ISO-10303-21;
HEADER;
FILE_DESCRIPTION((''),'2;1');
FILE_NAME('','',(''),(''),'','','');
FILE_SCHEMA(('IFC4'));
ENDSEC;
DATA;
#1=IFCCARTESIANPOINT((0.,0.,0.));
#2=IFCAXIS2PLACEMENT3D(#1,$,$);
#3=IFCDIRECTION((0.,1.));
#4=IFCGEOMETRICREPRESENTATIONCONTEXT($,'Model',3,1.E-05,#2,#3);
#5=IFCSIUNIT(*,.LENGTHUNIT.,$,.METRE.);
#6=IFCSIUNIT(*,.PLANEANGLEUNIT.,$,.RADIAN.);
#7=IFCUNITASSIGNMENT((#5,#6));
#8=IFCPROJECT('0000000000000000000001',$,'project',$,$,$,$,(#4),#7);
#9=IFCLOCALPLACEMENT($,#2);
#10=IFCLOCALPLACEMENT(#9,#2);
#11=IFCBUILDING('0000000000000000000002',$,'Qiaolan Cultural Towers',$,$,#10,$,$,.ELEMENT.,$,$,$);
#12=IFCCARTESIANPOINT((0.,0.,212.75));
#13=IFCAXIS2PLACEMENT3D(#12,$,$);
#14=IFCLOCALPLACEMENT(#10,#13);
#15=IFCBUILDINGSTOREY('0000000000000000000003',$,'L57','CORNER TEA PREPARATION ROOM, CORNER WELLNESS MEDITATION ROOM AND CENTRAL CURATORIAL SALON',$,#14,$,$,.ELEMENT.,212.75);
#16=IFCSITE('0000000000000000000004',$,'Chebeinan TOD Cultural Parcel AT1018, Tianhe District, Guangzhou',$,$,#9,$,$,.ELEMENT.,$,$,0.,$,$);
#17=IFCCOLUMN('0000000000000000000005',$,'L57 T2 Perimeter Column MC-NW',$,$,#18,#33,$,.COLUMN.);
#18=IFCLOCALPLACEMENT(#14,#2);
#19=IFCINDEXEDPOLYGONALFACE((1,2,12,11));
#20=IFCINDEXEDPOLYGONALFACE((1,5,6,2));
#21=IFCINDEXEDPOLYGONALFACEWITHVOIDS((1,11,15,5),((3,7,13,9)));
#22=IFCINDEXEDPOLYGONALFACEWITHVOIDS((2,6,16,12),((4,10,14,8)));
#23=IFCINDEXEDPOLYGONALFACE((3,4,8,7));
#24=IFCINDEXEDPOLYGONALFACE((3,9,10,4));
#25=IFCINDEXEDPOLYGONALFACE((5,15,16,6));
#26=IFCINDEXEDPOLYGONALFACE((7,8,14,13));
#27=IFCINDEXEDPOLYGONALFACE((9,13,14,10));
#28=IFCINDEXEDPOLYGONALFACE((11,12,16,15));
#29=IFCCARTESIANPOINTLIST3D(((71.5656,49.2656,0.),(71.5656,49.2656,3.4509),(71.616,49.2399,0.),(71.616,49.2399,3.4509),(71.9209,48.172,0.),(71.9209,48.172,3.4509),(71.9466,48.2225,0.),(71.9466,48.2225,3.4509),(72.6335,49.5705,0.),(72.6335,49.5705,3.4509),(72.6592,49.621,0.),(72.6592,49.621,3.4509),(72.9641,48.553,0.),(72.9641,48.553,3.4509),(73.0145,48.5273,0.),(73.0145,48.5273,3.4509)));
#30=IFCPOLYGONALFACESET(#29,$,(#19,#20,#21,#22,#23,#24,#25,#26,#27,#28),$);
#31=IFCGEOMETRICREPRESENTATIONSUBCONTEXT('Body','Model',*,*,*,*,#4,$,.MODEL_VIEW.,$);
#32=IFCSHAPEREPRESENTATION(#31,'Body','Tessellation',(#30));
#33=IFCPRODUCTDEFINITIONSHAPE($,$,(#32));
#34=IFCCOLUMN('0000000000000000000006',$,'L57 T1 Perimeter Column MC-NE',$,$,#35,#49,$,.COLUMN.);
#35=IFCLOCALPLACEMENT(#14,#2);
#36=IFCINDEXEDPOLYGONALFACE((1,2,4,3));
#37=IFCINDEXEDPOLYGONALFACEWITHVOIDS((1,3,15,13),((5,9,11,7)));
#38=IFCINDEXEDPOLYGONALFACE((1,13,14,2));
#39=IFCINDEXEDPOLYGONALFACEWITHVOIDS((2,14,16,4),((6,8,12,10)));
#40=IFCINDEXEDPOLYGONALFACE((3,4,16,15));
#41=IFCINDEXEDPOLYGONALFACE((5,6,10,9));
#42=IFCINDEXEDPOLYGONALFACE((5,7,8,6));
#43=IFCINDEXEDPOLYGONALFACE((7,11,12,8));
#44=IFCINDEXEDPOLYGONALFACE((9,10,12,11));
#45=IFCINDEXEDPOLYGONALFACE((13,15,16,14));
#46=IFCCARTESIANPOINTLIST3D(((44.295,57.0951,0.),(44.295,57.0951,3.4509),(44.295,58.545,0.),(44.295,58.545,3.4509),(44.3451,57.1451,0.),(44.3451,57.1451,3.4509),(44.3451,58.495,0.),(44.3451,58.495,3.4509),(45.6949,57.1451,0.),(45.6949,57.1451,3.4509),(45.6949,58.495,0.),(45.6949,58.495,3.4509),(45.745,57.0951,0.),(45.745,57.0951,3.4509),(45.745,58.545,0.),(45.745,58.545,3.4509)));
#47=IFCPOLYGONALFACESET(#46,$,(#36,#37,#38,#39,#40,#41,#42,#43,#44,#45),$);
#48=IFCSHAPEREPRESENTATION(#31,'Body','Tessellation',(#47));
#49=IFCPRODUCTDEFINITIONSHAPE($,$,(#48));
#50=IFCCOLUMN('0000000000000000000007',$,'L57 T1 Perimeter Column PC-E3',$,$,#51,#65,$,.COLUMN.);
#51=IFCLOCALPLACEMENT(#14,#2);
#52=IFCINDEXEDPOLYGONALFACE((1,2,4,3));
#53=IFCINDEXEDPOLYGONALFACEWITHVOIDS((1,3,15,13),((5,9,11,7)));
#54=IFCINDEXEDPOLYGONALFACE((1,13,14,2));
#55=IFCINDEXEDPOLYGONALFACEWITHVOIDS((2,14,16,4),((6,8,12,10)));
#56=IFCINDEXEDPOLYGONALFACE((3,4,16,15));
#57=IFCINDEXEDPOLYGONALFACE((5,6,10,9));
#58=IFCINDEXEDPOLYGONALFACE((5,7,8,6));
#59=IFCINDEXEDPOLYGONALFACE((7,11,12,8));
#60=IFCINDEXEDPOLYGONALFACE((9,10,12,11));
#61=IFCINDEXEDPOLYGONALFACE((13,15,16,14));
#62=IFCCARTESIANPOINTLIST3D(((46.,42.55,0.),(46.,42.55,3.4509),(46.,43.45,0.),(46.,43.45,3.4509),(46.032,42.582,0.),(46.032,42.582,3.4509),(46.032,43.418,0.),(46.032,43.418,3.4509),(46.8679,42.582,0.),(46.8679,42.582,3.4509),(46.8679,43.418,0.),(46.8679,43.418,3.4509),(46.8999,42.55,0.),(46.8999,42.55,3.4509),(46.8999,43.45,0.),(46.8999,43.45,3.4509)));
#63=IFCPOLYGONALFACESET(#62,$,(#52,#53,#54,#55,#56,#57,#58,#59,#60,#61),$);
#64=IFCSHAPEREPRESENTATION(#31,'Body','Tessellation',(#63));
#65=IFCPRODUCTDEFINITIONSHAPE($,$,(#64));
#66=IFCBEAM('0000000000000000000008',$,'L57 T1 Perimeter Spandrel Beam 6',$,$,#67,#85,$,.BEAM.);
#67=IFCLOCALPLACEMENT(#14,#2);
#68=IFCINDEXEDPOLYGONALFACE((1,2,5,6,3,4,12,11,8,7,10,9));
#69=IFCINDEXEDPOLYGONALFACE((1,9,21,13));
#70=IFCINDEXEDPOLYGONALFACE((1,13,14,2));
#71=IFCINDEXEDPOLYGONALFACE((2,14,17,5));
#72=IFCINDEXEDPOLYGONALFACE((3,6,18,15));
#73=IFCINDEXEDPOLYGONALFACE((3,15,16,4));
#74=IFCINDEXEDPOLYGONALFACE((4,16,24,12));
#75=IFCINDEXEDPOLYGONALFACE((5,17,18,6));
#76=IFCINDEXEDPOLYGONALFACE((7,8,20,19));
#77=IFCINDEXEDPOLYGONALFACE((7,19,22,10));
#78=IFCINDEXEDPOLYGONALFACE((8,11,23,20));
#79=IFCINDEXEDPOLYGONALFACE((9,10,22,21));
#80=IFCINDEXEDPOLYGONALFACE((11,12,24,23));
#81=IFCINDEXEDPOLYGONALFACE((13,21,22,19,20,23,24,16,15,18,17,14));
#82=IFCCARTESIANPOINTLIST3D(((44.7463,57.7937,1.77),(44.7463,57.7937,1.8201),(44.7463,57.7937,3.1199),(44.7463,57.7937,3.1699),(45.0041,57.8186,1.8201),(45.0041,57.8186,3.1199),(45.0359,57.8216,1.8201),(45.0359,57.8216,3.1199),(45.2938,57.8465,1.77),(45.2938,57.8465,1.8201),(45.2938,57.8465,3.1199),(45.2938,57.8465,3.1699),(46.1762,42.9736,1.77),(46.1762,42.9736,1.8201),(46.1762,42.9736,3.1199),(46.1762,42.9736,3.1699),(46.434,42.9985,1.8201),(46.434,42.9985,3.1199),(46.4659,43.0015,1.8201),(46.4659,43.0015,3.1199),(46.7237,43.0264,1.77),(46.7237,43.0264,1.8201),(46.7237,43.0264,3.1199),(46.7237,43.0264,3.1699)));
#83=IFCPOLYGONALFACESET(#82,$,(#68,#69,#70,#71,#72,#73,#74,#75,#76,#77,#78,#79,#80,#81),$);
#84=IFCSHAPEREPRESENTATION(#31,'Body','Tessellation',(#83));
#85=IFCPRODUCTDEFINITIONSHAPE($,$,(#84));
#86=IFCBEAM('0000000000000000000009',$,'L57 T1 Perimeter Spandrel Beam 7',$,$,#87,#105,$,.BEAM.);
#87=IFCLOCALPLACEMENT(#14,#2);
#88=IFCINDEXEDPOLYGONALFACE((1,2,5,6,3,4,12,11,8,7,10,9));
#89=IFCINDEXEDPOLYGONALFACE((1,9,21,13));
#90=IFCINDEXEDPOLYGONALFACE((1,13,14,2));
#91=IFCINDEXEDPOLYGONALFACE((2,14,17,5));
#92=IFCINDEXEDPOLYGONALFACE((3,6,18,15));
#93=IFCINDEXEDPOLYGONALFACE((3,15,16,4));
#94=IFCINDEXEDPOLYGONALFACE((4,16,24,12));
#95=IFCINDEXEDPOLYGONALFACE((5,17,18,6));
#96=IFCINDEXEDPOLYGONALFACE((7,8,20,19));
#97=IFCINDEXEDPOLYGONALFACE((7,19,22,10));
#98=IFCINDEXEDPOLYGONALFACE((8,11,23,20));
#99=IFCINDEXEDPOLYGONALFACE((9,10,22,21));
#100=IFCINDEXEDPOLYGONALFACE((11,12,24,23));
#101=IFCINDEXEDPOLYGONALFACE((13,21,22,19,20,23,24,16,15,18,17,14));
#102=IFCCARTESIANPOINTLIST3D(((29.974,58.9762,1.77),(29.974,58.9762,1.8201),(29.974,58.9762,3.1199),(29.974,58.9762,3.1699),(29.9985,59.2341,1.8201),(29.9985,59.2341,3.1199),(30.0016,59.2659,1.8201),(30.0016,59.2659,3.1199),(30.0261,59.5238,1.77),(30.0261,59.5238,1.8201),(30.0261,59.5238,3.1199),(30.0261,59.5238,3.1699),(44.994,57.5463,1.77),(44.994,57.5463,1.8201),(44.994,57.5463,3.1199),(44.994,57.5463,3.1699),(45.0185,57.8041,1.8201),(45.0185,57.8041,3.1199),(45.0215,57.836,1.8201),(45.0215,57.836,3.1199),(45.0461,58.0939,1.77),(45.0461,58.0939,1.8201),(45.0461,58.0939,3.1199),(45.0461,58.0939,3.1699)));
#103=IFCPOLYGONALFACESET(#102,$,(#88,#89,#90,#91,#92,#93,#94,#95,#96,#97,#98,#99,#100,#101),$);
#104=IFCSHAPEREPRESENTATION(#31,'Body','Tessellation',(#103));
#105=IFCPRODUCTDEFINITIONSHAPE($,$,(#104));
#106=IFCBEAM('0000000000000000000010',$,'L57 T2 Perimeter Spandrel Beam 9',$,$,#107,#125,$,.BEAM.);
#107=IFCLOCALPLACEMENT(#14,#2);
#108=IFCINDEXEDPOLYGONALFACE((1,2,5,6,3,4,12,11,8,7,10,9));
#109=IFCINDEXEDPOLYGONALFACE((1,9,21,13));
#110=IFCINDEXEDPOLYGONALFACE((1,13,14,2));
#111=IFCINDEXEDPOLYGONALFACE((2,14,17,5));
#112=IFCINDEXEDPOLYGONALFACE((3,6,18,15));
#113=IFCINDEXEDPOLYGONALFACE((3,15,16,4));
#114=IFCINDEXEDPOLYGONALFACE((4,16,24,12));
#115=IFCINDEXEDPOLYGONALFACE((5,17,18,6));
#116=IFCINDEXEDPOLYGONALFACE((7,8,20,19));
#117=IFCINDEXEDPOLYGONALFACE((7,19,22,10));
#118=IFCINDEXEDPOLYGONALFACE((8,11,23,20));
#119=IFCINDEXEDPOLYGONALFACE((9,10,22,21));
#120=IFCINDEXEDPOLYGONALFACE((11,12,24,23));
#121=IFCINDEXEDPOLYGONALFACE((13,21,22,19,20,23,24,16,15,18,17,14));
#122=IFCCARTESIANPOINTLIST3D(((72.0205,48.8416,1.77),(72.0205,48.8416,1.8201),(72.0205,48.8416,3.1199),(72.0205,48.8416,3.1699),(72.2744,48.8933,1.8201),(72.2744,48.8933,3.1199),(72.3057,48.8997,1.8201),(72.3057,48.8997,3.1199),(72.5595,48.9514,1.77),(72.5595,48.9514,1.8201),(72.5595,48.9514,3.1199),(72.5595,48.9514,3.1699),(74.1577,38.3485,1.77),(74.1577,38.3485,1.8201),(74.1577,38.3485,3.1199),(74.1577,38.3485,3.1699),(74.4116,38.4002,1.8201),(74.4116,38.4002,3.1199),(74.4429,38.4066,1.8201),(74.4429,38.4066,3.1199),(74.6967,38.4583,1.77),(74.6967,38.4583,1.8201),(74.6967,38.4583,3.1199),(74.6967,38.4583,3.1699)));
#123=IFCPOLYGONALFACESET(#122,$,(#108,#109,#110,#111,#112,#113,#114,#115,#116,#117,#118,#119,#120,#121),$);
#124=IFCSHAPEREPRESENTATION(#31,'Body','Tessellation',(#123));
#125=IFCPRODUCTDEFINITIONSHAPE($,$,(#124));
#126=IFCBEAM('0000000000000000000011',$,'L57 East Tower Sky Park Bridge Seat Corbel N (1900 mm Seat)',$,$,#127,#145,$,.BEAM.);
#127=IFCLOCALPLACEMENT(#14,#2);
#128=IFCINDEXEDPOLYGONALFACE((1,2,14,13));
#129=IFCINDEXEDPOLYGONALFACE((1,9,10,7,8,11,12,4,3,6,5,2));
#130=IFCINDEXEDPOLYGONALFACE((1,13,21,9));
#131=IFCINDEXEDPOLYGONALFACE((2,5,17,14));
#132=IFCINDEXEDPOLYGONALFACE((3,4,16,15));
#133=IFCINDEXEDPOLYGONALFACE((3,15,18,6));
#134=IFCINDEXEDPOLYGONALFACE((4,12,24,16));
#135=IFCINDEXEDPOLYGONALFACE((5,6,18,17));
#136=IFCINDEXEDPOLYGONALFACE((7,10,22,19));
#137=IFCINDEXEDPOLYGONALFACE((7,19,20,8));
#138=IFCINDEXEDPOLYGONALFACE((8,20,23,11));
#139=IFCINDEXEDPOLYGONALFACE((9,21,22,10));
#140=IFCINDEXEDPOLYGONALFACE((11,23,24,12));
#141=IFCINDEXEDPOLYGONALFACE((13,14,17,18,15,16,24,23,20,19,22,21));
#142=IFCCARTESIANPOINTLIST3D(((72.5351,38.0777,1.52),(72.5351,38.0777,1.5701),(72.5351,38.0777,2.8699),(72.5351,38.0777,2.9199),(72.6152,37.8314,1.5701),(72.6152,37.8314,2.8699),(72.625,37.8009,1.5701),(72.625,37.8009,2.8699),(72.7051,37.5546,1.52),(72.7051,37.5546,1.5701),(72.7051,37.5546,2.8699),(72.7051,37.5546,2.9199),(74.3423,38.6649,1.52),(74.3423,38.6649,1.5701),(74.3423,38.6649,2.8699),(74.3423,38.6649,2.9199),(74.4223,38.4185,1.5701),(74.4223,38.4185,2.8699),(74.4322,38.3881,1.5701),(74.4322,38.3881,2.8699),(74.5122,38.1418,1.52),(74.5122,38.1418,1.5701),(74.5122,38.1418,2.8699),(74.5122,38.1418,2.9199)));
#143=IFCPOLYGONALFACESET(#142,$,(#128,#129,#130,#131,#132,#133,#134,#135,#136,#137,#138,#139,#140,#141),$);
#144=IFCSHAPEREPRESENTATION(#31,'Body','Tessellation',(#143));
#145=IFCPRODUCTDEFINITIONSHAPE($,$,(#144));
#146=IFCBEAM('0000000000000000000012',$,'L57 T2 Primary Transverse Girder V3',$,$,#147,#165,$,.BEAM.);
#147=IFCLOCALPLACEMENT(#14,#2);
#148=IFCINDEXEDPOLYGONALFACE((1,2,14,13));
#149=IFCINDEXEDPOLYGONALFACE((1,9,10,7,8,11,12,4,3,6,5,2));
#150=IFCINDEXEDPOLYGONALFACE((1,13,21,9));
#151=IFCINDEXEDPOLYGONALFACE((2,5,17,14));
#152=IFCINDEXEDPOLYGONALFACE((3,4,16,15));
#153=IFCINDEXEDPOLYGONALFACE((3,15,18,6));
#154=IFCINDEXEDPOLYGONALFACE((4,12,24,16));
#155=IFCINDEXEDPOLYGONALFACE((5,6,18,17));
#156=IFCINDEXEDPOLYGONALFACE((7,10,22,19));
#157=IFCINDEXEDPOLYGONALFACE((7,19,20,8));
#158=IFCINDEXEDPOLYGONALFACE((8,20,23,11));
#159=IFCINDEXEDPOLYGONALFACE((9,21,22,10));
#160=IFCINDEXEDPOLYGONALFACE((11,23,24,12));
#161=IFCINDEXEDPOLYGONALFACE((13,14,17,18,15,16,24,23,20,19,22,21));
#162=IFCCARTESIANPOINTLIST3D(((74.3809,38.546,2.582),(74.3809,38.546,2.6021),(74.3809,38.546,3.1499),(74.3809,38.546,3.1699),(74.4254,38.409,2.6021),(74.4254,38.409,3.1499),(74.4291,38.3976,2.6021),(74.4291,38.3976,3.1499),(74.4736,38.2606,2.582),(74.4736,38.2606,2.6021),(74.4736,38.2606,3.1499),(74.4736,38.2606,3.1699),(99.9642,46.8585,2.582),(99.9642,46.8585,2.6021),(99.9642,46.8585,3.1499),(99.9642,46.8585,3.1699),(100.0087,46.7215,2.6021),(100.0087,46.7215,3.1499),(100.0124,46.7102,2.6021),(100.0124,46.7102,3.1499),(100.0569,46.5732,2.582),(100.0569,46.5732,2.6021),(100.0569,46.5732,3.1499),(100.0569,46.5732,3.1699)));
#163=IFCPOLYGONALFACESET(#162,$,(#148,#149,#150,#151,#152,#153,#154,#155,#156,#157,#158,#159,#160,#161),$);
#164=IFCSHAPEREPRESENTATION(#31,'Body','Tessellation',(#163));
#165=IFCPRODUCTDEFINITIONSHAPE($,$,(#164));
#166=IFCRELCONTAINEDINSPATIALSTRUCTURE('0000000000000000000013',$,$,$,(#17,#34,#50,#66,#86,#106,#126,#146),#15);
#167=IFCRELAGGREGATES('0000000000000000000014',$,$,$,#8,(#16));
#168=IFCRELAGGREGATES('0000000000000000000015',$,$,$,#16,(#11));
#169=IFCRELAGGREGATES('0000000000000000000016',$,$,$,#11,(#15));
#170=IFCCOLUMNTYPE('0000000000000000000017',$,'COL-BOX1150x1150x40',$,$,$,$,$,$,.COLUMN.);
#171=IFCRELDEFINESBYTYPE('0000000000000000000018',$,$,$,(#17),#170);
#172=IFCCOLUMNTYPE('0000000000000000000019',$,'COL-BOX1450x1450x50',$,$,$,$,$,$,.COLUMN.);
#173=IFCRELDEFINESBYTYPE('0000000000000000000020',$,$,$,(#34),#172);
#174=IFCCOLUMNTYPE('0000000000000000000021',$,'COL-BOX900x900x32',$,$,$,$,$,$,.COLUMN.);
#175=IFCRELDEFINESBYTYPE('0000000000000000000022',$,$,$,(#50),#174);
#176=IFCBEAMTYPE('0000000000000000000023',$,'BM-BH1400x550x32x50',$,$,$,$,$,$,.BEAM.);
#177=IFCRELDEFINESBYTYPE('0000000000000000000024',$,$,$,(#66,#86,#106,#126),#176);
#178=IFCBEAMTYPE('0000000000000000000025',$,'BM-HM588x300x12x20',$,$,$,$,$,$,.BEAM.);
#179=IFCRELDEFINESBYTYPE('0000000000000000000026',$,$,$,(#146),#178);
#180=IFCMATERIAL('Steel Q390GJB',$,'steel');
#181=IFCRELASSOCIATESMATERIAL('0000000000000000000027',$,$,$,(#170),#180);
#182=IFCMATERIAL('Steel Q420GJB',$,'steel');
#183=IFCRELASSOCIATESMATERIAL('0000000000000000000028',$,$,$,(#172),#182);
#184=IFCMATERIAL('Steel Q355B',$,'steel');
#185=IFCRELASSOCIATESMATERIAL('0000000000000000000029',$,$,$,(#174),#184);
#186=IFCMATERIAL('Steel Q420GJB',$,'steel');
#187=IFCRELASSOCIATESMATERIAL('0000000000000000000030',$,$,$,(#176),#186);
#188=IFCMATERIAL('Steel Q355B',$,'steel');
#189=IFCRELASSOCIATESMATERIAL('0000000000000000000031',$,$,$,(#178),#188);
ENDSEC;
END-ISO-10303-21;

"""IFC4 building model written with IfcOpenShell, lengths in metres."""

from ifc_helpers import new_model, si_unit, direction, frame, origin, origin_2d, place, context, subcontext, project, spatial, hollow_rectangle, i_section, extrude, material, material_profile, profile_set, type_object, element, save


model = new_model("IFC4")

# Units and contexts
model_context = context("Model", 3, precision=1e-05, world=origin(), true_north=direction((0.0, 1.0)))
body_context = subcontext(model_context, "Body", "Model", "MODEL_VIEW")
ifc_project = project(units=[si_unit("LENGTHUNIT", "METRE"), si_unit("PLANEANGLEUNIT", "RADIAN")], contexts=[model_context])

# Site, building, storey
site_placement = place(None, origin())
site = spatial("IfcSite", under=ifc_project, at=site_placement, Name="Chebeinan TOD Cultural Parcel AT1018, Tianhe District, Guangzhou", CompositionType="ELEMENT", RefElevation=0.0)
building_placement = place(site_placement, origin())
building = spatial("IfcBuilding", under=site, at=building_placement, Name="Qiaolan Cultural Towers", CompositionType="ELEMENT")
storey_placement = place(building_placement, frame((0.0, 0.0, 212.75)))
storey = spatial("IfcBuildingStorey", under=building, at=storey_placement, Name="L57", Description="CORNER TEA PREPARATION ROOM, CORNER WELLNESS MEDITATION ROOM AND CENTRAL CURATORIAL SALON", CompositionType="ELEMENT", Elevation=212.75)

# Columns
ifc_material_1 = material(Name="Steel Q390GJB", Category="steel")
ifc_material_profile_1 = material_profile(ifc_material_1, hollow_rectangle(XDim=1.1499, YDim=1.1499, WallThickness=0.04, at=origin_2d()), Name="BOX1150x1150x40")
ifc_profile_set_1 = profile_set([ifc_material_profile_1], Name="Steel Q390GJB")
column_type_1 = type_object("IfcColumnType", Name="COL-BOX1150x1150x40", PredefinedType="COLUMN", material=ifc_profile_set_1)
column_1_placement = place(storey_placement, frame((72.29, 48.8965, 0.0), z_axis=(0.0, 0.0, 1.0), x_axis=(0.951057, 0.309017, 0.0)))
element("IfcColumn", 1, at=column_1_placement, inside=storey, type_object=column_type_1, Name="L57 T2 Perimeter Column MC-NW", PredefinedType="COLUMN", context=body_context, shape_type="SweptSolid", body=[
    extrude(hollow_rectangle(XDim=1.1499, YDim=1.1499, WallThickness=0.04, at=origin_2d()), origin(), (0.0, 0.0, 1.0), 3.4509),
])
ifc_material_2 = material(Name="Steel Q420GJB", Category="steel")
ifc_material_profile_2 = material_profile(ifc_material_2, hollow_rectangle(XDim=1.45, YDim=1.45, WallThickness=0.05, at=origin_2d()), Name="BOX1450x1450x50")
ifc_profile_set_2 = profile_set([ifc_material_profile_2], Name="Steel Q420GJB")
column_type_2 = type_object("IfcColumnType", Name="COL-BOX1450x1450x50", PredefinedType="COLUMN", material=ifc_profile_set_2)
column_2_placement = place(storey_placement, frame((45.02, 57.8201, 0.0), z_axis=(0.0, 0.0, 1.0), x_axis=(1.0, 0.0, 0.0)))
element("IfcColumn", 2, at=column_2_placement, inside=storey, type_object=column_type_2, Name="L57 T1 Perimeter Column MC-NE", PredefinedType="COLUMN", context=body_context, shape_type="SweptSolid", body=[
    extrude(hollow_rectangle(XDim=1.45, YDim=1.45, WallThickness=0.05, at=origin_2d()), origin(), (0.0, 0.0, 1.0), 3.4509),
])
ifc_material_3 = material(Name="Steel Q355B", Category="steel")
ifc_material_profile_3 = material_profile(ifc_material_3, hollow_rectangle(XDim=0.8999, YDim=0.8999, WallThickness=0.032, at=origin_2d()), Name="BOX900x900x32")
ifc_profile_set_3 = profile_set([ifc_material_profile_3], Name="Steel Q355B")
column_type_3 = type_object("IfcColumnType", Name="COL-BOX900x900x32", PredefinedType="COLUMN", material=ifc_profile_set_3)
column_3_placement = place(storey_placement, frame((46.45, 43.0, 0.0), z_axis=(0.0, 0.0, 1.0), x_axis=(1.0, 0.0, 0.0)))
element("IfcColumn", 3, at=column_3_placement, inside=storey, type_object=column_type_3, Name="L57 T1 Perimeter Column PC-E3", PredefinedType="COLUMN", context=body_context, shape_type="SweptSolid", body=[
    extrude(hollow_rectangle(XDim=0.8999, YDim=0.8999, WallThickness=0.032, at=origin_2d()), origin(), (0.0, 0.0, 1.0), 3.4509),
])

# Beams
ifc_material_4 = material(Name="Steel Q420GJB", Category="steel")
ifc_material_profile_4 = material_profile(ifc_material_4, i_section(OverallWidth=0.55, OverallDepth=1.3999, WebThickness=0.032, FlangeThickness=0.05, at=origin_2d()), Name="BH1400x550x32x50")
ifc_profile_set_4 = profile_set([ifc_material_profile_4], Name="Steel Q420GJB")
beam_type_1 = type_object("IfcBeamType", Name="BM-BH1400x550x32x50", PredefinedType="BEAM", material=ifc_profile_set_4)
beam_1_placement = place(storey_placement, frame((46.45, 43.0, 2.47), z_axis=(-0.09604, 0.995377, 0.0), x_axis=(-0.995377, -0.09604, 0.0)))
element("IfcBeam", 4, at=beam_1_placement, inside=storey, type_object=beam_type_1, Name="L57 T1 Perimeter Spandrel Beam 6", PredefinedType="BEAM", context=body_context, shape_type="SweptSolid", body=[
    extrude(i_section(OverallWidth=0.55, OverallDepth=1.3999, WebThickness=0.032, FlangeThickness=0.05, at=origin_2d()), origin(), (0.0, 0.0, 1.0), 14.8889),
])
beam_2_placement = place(storey_placement, frame((45.02, 57.8201, 2.47), z_axis=(-0.995499, 0.094773, 0.0), x_axis=(-0.094773, -0.995499, 0.0)))
element("IfcBeam", 5, at=beam_2_placement, inside=storey, type_object=beam_type_1, Name="L57 T1 Perimeter Spandrel Beam 7", PredefinedType="BEAM", context=body_context, shape_type="SweptSolid", body=[
    extrude(i_section(OverallWidth=0.55, OverallDepth=1.3999, WebThickness=0.032, FlangeThickness=0.05, at=origin_2d()), origin(), (0.0, 0.0, 1.0), 15.0879),
])
beam_3_placement = place(storey_placement, frame((72.29, 48.8965, 2.47), z_axis=(0.199579, -0.979882, 0.0), x_axis=(0.979882, 0.199579, 0.0)))
element("IfcBeam", 6, at=beam_3_placement, inside=storey, type_object=beam_type_1, Name="L57 T2 Perimeter Spandrel Beam 9", PredefinedType="BEAM", context=body_context, shape_type="SweptSolid", body=[
    extrude(i_section(OverallWidth=0.55, OverallDepth=1.3999, WebThickness=0.032, FlangeThickness=0.05, at=origin_2d()), origin(), (0.0, 0.0, 1.0), 10.7085),
])
beam_4_placement = place(storey_placement, frame((74.4272, 38.4033, 2.22), z_axis=(-0.951059, -0.309011, 0.0), x_axis=(0.309011, -0.951059, 0.0)))
element("IfcBeam", 7, at=beam_4_placement, inside=storey, type_object=beam_type_1, Name="L57 East Tower Sky Park Bridge Seat Corbel N (1900 mm Seat)", PredefinedType="BEAM", context=body_context, shape_type="SweptSolid", body=[
    extrude(i_section(OverallWidth=0.55, OverallDepth=1.3999, WebThickness=0.032, FlangeThickness=0.05, at=origin_2d()), origin(), (0.0, 0.0, 1.0), 1.9001),
])
ifc_material_5 = material(Name="Steel Q355B", Category="steel")
ifc_material_profile_5 = material_profile(ifc_material_5, i_section(OverallWidth=0.3, OverallDepth=0.5879, WebThickness=0.012, FlangeThickness=0.02, at=origin_2d()), Name="HM588x300x12x20")
ifc_profile_set_5 = profile_set([ifc_material_profile_5], Name="Steel Q355B")
beam_type_2 = type_object("IfcBeamType", Name="BM-HM588x300x12x20", PredefinedType="BEAM", material=ifc_profile_set_5)
beam_5_placement = place(storey_placement, frame((74.4272, 38.4033, 2.876), z_axis=(0.951057, 0.309017, 0.0), x_axis=(-0.309017, 0.951057, 0.0)))
element("IfcBeam", 8, at=beam_5_placement, inside=storey, type_object=beam_type_2, Name="L57 T2 Primary Transverse Girder V3", PredefinedType="BEAM", context=body_context, shape_type="SweptSolid", body=[
    extrude(i_section(OverallWidth=0.3, OverallDepth=0.5879, WebThickness=0.012, FlangeThickness=0.02, at=origin_2d()), origin(), (0.0, 0.0, 1.0), 26.8999),
])

save(model, "model.ifc")
